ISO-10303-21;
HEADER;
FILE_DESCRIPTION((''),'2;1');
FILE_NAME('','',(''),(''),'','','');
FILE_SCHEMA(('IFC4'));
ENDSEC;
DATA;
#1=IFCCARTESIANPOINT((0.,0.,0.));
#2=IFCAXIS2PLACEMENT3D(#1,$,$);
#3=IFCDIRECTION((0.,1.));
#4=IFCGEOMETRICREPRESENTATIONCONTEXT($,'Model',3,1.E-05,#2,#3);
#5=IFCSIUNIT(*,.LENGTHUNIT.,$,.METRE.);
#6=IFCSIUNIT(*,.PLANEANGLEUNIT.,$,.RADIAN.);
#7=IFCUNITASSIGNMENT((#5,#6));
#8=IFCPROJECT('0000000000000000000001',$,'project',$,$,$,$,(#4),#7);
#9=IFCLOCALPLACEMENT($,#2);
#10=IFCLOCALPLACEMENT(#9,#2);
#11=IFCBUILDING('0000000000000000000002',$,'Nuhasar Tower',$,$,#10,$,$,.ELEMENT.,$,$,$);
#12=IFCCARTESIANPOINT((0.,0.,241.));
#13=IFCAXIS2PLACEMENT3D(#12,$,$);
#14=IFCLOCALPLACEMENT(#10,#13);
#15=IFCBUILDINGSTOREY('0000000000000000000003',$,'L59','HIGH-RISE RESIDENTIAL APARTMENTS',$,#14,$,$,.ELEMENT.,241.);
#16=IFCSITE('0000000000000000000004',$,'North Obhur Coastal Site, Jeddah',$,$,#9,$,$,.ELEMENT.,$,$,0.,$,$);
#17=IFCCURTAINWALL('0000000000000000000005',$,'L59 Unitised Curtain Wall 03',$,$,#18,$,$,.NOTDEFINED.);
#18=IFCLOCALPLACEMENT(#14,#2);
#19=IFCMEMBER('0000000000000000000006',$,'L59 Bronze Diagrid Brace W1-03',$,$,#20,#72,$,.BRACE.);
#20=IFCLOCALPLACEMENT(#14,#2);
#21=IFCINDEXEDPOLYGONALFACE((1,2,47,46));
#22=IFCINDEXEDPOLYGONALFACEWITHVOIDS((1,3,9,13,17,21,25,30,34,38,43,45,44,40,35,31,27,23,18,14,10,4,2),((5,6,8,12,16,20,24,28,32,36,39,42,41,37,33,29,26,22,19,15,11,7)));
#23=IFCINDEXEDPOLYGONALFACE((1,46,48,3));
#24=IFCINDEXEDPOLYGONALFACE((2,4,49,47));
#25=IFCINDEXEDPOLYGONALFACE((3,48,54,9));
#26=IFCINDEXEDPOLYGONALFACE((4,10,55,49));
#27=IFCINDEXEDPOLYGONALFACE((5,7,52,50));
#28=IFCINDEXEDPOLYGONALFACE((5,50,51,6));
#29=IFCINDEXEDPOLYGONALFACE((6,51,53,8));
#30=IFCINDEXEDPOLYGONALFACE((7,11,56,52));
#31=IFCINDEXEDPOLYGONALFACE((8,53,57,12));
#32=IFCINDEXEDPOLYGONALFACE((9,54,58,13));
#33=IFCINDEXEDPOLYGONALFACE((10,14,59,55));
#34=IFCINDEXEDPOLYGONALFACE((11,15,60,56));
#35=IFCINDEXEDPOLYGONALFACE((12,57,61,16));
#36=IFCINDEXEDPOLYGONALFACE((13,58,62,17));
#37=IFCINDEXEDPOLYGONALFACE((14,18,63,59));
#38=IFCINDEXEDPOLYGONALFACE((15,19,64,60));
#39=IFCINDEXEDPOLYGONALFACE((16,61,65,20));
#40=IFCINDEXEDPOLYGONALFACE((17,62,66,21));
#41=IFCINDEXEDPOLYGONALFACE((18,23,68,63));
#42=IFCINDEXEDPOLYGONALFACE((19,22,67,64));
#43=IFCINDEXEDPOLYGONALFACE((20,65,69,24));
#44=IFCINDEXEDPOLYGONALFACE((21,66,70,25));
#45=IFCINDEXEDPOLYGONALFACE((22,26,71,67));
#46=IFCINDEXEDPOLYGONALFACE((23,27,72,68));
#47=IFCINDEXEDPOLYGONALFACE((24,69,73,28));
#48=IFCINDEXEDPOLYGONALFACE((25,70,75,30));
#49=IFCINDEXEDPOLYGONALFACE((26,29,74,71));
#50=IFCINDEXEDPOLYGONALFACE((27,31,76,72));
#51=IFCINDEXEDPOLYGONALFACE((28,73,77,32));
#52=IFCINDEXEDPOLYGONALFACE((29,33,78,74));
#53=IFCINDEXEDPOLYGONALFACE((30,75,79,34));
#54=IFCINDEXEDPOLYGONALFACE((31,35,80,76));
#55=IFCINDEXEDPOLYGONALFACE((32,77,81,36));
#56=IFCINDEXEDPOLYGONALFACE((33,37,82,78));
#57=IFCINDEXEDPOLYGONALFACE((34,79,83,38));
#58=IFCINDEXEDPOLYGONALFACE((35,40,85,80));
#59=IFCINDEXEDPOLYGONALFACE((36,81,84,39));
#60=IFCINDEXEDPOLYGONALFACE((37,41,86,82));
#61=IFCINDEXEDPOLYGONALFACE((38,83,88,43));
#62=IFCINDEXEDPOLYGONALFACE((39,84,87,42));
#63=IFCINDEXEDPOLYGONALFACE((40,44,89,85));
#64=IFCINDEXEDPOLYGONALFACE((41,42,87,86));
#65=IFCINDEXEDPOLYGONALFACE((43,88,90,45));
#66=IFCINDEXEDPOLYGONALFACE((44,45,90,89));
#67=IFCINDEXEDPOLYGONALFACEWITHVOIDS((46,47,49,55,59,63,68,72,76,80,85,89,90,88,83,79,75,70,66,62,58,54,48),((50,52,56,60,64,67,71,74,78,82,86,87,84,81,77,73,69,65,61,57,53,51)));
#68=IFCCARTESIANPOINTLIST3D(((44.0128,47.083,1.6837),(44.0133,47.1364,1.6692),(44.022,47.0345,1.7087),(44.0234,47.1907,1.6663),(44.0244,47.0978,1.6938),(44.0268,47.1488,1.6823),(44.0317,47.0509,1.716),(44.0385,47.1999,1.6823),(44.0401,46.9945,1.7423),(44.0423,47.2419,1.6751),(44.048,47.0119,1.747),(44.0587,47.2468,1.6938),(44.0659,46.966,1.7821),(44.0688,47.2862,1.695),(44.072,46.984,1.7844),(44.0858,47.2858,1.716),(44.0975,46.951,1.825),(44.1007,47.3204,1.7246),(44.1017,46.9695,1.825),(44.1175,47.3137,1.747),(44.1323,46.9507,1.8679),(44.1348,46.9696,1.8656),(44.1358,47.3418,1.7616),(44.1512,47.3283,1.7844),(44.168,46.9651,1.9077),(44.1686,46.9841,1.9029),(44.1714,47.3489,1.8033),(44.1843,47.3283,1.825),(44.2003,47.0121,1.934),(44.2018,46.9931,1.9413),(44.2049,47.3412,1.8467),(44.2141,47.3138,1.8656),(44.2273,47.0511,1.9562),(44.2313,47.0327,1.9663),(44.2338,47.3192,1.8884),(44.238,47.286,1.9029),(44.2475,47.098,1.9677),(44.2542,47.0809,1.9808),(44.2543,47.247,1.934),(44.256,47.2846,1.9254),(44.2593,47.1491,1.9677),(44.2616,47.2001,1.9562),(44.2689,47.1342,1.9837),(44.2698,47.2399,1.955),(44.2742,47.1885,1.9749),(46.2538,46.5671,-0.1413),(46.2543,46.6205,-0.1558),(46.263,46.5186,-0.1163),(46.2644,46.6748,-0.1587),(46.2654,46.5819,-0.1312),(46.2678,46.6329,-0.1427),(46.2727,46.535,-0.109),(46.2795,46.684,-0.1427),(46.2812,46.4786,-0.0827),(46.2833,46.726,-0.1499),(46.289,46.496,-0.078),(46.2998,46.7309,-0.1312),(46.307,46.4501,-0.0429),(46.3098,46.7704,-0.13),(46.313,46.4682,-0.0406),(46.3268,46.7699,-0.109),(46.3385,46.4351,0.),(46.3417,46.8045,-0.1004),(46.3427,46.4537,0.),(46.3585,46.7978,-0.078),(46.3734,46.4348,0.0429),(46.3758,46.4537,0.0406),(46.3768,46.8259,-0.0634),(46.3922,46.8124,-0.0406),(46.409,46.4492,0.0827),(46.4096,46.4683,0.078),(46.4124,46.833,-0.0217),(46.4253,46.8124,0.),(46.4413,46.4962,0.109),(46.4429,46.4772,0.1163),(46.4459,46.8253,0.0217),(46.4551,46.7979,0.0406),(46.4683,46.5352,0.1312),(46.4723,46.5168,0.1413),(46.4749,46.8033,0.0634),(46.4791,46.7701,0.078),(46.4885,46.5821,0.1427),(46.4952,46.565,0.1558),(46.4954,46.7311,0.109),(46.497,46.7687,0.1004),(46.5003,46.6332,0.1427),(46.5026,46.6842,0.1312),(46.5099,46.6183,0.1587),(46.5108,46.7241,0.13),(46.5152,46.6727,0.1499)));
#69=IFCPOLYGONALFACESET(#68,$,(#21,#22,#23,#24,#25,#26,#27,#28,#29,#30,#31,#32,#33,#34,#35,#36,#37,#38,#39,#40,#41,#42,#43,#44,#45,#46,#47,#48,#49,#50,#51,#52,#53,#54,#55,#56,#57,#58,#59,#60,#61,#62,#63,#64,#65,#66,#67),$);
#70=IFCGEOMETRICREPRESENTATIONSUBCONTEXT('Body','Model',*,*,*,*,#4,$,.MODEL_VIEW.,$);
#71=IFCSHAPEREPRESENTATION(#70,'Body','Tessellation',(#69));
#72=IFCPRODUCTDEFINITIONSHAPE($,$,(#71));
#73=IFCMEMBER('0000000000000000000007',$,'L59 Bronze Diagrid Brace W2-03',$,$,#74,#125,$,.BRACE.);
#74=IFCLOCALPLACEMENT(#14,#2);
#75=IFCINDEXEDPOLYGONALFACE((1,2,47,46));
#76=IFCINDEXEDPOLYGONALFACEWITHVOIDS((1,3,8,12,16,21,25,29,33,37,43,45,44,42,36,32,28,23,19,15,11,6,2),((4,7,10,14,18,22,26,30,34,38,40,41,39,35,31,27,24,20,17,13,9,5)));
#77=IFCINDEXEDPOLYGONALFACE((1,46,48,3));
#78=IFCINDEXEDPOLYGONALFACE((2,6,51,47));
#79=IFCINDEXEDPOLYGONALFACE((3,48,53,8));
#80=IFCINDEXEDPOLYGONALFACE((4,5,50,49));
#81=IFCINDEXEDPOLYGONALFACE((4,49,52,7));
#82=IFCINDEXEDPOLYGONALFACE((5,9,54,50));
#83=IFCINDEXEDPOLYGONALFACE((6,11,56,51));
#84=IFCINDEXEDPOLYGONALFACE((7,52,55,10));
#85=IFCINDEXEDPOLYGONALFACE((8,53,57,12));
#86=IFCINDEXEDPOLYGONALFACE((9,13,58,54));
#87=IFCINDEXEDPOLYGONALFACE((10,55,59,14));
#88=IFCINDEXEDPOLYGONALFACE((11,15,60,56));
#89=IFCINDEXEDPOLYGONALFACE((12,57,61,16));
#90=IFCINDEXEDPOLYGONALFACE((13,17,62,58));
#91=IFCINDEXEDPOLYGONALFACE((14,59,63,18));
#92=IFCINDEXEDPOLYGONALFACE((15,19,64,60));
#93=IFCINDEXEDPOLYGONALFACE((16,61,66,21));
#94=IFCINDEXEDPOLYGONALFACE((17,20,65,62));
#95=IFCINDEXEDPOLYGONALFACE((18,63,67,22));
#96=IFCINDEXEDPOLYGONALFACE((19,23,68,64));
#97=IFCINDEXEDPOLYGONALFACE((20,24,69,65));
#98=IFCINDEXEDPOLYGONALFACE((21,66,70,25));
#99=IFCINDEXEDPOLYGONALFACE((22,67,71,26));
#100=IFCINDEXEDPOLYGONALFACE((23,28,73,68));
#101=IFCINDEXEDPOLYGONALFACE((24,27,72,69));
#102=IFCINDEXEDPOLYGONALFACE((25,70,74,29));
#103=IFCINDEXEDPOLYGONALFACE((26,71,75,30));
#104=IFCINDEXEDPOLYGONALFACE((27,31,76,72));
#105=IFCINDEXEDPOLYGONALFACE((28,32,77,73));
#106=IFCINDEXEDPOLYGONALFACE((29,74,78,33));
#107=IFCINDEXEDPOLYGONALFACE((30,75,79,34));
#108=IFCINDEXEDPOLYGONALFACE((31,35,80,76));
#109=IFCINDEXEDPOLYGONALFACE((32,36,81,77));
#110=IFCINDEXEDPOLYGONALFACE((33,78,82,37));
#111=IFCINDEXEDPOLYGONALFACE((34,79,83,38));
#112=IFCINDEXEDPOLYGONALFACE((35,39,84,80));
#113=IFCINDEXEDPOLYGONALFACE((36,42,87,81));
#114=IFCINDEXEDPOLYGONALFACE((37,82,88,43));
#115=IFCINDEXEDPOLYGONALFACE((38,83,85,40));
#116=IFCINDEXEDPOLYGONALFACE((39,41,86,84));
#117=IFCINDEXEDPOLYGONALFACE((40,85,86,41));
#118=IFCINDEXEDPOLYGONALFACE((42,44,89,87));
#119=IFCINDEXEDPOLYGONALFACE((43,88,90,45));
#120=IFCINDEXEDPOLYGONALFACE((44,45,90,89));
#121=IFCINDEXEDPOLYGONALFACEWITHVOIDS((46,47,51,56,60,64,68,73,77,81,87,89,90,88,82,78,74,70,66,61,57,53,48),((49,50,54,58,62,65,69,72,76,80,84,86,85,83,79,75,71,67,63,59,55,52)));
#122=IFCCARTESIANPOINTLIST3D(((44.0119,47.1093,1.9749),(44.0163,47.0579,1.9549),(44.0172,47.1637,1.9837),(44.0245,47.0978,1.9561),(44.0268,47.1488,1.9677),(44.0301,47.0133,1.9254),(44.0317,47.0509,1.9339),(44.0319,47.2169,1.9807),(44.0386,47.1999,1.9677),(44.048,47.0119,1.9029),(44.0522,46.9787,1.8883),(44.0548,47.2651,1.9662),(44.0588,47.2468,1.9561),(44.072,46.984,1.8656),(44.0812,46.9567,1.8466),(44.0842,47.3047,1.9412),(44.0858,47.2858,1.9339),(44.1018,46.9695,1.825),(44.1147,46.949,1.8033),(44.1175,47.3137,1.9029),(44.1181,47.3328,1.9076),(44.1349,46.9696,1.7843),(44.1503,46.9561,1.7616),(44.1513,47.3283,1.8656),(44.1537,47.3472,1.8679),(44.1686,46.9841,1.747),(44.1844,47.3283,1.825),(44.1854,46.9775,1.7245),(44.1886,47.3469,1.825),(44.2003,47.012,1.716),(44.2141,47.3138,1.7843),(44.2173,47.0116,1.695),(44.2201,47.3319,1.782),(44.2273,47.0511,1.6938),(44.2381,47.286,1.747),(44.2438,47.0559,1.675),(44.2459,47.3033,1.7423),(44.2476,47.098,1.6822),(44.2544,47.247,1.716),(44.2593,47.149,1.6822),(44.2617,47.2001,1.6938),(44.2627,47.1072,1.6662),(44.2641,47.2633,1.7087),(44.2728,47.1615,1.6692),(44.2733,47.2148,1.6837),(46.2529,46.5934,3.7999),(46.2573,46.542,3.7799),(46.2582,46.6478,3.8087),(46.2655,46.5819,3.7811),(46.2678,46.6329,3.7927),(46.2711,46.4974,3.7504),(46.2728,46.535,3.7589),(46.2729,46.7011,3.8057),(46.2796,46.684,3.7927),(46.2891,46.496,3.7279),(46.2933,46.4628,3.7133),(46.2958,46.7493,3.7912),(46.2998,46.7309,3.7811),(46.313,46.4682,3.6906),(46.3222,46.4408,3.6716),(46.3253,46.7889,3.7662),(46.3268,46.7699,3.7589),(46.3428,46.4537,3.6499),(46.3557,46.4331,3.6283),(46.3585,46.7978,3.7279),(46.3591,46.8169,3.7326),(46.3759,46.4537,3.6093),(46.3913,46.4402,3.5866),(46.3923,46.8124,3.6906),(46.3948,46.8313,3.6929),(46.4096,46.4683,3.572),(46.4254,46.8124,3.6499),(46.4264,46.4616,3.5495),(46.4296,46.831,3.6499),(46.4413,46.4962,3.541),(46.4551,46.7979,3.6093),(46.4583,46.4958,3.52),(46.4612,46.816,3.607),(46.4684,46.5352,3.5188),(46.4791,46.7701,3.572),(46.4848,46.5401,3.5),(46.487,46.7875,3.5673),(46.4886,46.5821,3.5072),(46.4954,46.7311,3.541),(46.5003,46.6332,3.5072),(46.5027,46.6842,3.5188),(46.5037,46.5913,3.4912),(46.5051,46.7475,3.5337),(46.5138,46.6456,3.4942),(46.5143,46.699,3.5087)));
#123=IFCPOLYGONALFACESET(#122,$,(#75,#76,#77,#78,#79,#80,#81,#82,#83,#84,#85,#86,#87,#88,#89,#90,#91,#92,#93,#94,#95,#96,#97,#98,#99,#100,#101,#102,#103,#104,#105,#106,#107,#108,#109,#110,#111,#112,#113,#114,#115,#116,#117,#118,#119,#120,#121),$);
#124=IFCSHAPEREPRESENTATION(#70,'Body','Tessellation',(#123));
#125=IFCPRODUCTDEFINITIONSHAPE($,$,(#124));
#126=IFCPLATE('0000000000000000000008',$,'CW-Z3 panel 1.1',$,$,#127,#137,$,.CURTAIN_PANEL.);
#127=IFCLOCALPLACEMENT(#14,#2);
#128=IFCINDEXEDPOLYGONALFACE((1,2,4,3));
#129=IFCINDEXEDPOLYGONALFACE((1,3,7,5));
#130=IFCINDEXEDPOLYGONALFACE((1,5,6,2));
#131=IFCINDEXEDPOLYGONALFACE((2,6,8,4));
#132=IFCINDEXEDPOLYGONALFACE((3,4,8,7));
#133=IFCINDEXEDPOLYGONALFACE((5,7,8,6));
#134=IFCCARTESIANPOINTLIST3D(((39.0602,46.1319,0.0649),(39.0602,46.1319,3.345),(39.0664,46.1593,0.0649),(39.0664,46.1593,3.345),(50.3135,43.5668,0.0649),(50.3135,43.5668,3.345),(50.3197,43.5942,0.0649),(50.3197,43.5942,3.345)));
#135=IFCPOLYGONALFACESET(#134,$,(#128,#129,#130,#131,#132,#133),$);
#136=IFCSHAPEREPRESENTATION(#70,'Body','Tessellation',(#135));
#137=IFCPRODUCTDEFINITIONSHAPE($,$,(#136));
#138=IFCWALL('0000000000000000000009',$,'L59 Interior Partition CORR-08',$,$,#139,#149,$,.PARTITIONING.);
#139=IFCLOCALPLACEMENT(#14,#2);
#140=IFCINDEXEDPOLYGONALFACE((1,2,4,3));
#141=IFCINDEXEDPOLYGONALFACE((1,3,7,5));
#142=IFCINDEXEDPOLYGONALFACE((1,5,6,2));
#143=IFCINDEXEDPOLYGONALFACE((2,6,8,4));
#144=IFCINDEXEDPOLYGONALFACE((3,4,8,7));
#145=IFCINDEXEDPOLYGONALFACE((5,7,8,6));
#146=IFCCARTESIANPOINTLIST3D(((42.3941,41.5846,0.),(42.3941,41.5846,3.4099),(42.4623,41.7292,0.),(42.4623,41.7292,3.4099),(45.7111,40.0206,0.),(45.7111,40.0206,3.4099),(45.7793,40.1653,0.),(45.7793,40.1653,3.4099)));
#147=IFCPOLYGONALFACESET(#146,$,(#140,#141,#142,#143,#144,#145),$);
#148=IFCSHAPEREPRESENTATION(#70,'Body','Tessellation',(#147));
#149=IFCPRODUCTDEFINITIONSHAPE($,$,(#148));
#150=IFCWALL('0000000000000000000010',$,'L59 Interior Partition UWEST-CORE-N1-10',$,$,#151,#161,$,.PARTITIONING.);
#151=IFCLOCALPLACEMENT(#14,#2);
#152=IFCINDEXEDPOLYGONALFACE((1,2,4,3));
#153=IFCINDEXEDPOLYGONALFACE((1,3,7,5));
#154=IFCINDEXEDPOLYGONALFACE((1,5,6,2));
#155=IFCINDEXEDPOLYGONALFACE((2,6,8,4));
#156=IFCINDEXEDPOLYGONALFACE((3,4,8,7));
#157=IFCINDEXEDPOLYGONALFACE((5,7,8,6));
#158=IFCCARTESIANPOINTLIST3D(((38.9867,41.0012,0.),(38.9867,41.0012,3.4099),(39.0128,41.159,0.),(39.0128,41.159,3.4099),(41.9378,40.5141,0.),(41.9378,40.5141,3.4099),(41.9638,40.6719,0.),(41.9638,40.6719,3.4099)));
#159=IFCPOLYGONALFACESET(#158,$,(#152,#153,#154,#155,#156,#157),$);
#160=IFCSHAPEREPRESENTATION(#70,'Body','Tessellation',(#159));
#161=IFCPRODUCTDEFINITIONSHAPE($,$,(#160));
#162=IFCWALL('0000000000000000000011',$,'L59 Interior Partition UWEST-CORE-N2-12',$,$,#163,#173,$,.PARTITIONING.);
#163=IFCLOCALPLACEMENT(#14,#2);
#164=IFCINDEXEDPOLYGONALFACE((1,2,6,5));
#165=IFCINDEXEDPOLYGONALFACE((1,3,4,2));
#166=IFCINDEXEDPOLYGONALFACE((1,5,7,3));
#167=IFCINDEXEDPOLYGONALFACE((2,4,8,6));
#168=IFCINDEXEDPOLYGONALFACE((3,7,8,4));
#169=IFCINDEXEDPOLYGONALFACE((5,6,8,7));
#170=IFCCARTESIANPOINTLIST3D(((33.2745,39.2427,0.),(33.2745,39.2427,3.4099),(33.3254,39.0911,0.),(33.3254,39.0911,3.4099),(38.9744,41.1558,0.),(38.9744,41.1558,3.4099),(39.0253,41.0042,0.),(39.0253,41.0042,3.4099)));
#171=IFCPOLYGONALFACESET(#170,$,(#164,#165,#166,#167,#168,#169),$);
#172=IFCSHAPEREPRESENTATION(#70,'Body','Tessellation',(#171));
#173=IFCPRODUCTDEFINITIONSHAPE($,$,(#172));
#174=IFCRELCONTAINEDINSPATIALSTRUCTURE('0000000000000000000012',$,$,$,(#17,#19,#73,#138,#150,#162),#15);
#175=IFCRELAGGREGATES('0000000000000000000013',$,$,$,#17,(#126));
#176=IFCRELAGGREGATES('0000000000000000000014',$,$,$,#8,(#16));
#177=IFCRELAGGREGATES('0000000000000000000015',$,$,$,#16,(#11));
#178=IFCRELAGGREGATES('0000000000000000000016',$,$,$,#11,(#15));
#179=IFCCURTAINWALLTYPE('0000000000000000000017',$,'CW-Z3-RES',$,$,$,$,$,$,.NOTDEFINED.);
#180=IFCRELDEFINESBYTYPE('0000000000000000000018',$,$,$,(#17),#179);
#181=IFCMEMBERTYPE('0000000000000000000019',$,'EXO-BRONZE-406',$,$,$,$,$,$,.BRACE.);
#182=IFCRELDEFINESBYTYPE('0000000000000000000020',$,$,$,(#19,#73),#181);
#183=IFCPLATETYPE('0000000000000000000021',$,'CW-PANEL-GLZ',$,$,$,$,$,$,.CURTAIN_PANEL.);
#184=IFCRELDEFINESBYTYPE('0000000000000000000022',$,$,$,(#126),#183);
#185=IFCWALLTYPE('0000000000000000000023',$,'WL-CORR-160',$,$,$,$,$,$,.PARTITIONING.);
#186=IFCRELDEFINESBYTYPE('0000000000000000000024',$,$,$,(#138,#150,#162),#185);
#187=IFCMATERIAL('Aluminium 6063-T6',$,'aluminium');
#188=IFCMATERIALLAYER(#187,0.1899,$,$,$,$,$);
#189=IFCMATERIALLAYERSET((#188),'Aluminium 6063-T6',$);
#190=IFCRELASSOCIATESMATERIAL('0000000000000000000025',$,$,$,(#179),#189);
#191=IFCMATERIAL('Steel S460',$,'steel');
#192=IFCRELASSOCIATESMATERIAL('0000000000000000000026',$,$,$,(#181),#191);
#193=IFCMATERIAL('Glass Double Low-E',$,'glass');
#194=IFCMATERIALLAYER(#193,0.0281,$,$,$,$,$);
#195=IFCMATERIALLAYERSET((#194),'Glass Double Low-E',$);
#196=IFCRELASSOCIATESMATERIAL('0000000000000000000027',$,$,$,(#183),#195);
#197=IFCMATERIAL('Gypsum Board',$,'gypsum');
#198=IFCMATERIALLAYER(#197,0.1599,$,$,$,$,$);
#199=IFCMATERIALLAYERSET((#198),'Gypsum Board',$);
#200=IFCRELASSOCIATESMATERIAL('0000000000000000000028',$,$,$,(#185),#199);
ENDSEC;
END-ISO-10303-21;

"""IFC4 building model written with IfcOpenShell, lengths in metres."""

from ifc_helpers import new_model, si_unit, direction, frame, frame_2d, origin, origin_2d, place, context, subcontext, project, spatial, rectangle, hollow_circle, extrude, material, layer, layer_set, material_profile, profile_set, type_object, element, aggregate, save


model = new_model("IFC4")

# Units and contexts
model_context = context("Model", 3, precision=1e-05, world=origin(), true_north=direction((0.0, 1.0)))
body_context = subcontext(model_context, "Body", "Model", "MODEL_VIEW")
ifc_project = project(units=[si_unit("LENGTHUNIT", "METRE"), si_unit("PLANEANGLEUNIT", "RADIAN")], contexts=[model_context])

# Site, building, storey
site_placement = place(None, origin())
site = spatial("IfcSite", under=ifc_project, at=site_placement, Name="North Obhur Coastal Site, Jeddah", CompositionType="ELEMENT", RefElevation=0.0)
building_placement = place(site_placement, origin())
building = spatial("IfcBuilding", under=site, at=building_placement, Name="Nuhasar Tower", CompositionType="ELEMENT")
storey_placement = place(building_placement, frame((0.0, 0.0, 241.0)))
storey = spatial("IfcBuildingStorey", under=building, at=storey_placement, Name="L59", Description="HIGH-RISE RESIDENTIAL APARTMENTS", CompositionType="ELEMENT", Elevation=241.0)

# Curtain wall
ifc_material_1 = material(Name="Aluminium 6063-T6", Category="aluminium")
ifc_layer_1 = layer(ifc_material_1, 0.1899)
ifc_layer_set_1 = layer_set([ifc_layer_1], Name="Aluminium 6063-T6")
curtain_wall_type = type_object("IfcCurtainWallType", Name="CW-Z3-RES", PredefinedType="NOTDEFINED", material=ifc_layer_set_1)
curtain_wall_1_placement = place(storey_placement, origin())
curtain_wall_1 = element("IfcCurtainWall", 1, at=curtain_wall_1_placement, inside=storey, type_object=curtain_wall_type, Name="L59 Unitised Curtain Wall 03", PredefinedType="NOTDEFINED")

# Members
ifc_material_2 = material(Name="Steel S460", Category="steel")
ifc_material_profile_1 = material_profile(ifc_material_2, hollow_circle(Radius=0.2031, WallThickness=0.019, at=origin_2d()), Name="HSS406.4X19.1")
ifc_profile_set_1 = profile_set([ifc_material_profile_1], Name="Steel S460")
member_type_1 = type_object("IfcMemberType", Name="EXO-BRONZE-406", PredefinedType="BRACE", material=ifc_profile_set_1)
for number, where, z_axis, x_axis, name in (
    (2, (46.384, 46.6331, 0.0), (-0.763343, 0.175721, 0.621635), (-0.224332, -0.974513, 0.0), "L59 Bronze Diagrid Brace W1-03"),
    (3, (44.1431, 47.1489, 1.825), (0.763343, -0.175721, 0.621635), (0.224332, 0.974513, 0.0), "L59 Bronze Diagrid Brace W2-03"),
):
    element("IfcMember", number, at=place(storey_placement, frame(where, z_axis=z_axis, x_axis=x_axis)), inside=storey, type_object=member_type_1, Name=name, PredefinedType="BRACE", context=body_context, shape_type="SweptSolid", body=[
        extrude(hollow_circle(Radius=0.2031, WallThickness=0.019, at=origin_2d()), origin(), (0.0, 0.0, 1.0), 2.9358),
    ])

# Plate
ifc_material_3 = material(Name="Glass Double Low-E", Category="glass")
ifc_layer_2 = layer(ifc_material_3, 0.0281)
ifc_layer_set_2 = layer_set([ifc_layer_2], Name="Glass Double Low-E")
plate_type = type_object("IfcPlateType", Name="CW-PANEL-GLZ", PredefinedType="CURTAIN_PANEL", material=ifc_layer_set_2)
plate_placement = place(storey_placement, frame((44.6899, 44.863, 0.0649), z_axis=(0.0, 0.0, 1.0), x_axis=(-0.974991, 0.222243, 0.0)))
plate = element("IfcPlate", 4, at=plate_placement, type_object=plate_type, Name="CW-Z3 panel 1.1", PredefinedType="CURTAIN_PANEL", context=body_context, shape_type="SweptSolid", body=[
    extrude(rectangle(XDim=11.542, YDim=0.0281, at=origin_2d()), origin(), (0.0, 0.0, 1.0), 3.28),
])
aggregate(curtain_wall_1, [plate])

# Shared definitions
ifc_material_4 = material(Name="Gypsum Board", Category="gypsum")
ifc_layer_3 = layer(ifc_material_4, 0.1599)
ifc_layer_set_3 = layer_set([ifc_layer_3], Name="Gypsum Board")
wall_type_1 = type_object("IfcWallType", Name="WL-CORR-160", PredefinedType="PARTITIONING", material=ifc_layer_set_3)

# Walls
wall_1_placement = place(storey_placement, frame((45.7451, 40.093, 0.0), z_axis=(0.0, 0.0, 1.0), x_axis=(-0.904508, 0.426457, 0.0)))
element("IfcWall", 5, at=wall_1_placement, inside=storey, type_object=wall_type_1, Name="L59 Interior Partition CORR-08", PredefinedType="PARTITIONING", context=body_context, shape_type="SweptSolid", body=[
    extrude(rectangle(XDim=3.6672, YDim=0.1599, at=frame_2d((1.8335, 0.0))), origin(), (0.0, 0.0, 1.0), 3.4099),
])
wall_2_placement = place(storey_placement, frame((41.9509, 40.593, 0.0), z_axis=(0.0, 0.0, 1.0), x_axis=(-0.986651, 0.16285, 0.0)))
element("IfcWall", 6, at=wall_2_placement, inside=storey, type_object=wall_type_1, Name="L59 Interior Partition UWEST-CORE-N1-10", PredefinedType="PARTITIONING", context=body_context, shape_type="SweptSolid", body=[
    extrude(rectangle(XDim=2.991, YDim=0.1599, at=frame_2d((1.4956, 0.0))), origin(), (0.0, 0.0, 1.0), 3.4099),
])
wall_3_placement = place(storey_placement, frame((39.0, 41.0801, 0.0), z_axis=(0.0, 0.0, 1.0), x_axis=(-0.948028, -0.318188, 0.0)))
element("IfcWall", 7, at=wall_3_placement, inside=storey, type_object=wall_type_1, Name="L59 Interior Partition UWEST-CORE-N2-12", PredefinedType="PARTITIONING", context=body_context, shape_type="SweptSolid", body=[
    extrude(rectangle(XDim=6.0125, YDim=0.1599, at=frame_2d((3.0063, 0.0))), origin(), (0.0, 0.0, 1.0), 3.4099),
])

save(model, "model.ifc")
